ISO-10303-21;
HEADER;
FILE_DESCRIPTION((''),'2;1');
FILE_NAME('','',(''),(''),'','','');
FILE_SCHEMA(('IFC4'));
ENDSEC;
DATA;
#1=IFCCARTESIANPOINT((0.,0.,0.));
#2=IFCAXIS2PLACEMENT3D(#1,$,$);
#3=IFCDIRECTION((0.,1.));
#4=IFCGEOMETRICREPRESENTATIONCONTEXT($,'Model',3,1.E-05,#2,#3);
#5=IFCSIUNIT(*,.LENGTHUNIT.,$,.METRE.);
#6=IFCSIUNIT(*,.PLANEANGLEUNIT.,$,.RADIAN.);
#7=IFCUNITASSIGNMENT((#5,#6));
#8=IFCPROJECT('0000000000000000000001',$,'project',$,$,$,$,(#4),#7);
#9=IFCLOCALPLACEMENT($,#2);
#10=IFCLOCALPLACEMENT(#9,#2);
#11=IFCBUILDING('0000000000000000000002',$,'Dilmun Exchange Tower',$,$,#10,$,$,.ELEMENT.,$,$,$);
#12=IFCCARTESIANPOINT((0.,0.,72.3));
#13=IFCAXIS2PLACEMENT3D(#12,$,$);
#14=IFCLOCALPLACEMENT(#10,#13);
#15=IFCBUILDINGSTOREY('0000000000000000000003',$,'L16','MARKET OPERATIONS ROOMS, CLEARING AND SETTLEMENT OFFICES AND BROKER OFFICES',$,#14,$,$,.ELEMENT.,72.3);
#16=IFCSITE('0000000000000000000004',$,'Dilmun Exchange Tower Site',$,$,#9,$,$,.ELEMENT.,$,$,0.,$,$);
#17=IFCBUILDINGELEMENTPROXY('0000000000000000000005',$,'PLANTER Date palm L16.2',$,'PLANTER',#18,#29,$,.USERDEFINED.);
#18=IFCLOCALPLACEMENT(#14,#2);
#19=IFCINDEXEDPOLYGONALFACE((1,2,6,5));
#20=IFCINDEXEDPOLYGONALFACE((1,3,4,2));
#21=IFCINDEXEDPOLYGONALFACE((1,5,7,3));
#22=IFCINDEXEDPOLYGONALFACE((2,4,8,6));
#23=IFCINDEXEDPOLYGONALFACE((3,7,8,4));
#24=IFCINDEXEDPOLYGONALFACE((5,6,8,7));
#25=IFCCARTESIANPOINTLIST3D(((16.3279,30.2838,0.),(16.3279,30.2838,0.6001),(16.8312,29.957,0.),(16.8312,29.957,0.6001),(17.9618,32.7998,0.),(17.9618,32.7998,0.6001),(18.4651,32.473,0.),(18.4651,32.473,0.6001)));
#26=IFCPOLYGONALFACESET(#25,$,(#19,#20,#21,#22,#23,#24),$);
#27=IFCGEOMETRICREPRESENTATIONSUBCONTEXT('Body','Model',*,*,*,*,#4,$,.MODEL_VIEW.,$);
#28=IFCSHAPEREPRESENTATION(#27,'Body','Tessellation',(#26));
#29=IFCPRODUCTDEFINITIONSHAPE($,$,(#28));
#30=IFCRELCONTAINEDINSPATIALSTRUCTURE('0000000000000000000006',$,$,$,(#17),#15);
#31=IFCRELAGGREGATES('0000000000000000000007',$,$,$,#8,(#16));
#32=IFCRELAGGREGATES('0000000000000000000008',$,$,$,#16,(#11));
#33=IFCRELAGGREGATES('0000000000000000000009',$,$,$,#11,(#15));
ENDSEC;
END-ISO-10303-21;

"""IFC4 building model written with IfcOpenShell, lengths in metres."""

from ifc_helpers import new_model, si_unit, direction, frame, origin, origin_2d, place, context, subcontext, project, spatial, rectangle, extrude, element, save


model = new_model("IFC4")

# Units and contexts
model_context = context("Model", 3, precision=1e-05, world=origin(), true_north=direction((0.0, 1.0)))
body_context = subcontext(model_context, "Body", "Model", "MODEL_VIEW")
ifc_project = project(units=[si_unit("LENGTHUNIT", "METRE"), si_unit("PLANEANGLEUNIT", "RADIAN")], contexts=[model_context])

# Site, building, storey
site_placement = place(None, origin())
site = spatial("IfcSite", under=ifc_project, at=site_placement, Name="Dilmun Exchange Tower Site", CompositionType="ELEMENT", RefElevation=0.0)
building_placement = place(site_placement, origin())
building = spatial("IfcBuilding", under=site, at=building_placement, Name="Dilmun Exchange Tower", CompositionType="ELEMENT")
storey_placement = place(building_placement, frame((0.0, 0.0, 72.3)))
storey = spatial("IfcBuildingStorey", under=building, at=storey_placement, Name="L16", Description="MARKET OPERATIONS ROOMS, CLEARING AND SETTLEMENT OFFICES AND BROKER OFFICES", CompositionType="ELEMENT", Elevation=72.3)

# Building element proxy
for number, where, z_axis, x_axis, name in (
    (1, (17.3965, 31.3784, 0.0), (0.0, 0.0, 1.0), (0.544639, 0.838671, 0.0), "PLANTER Date palm L16.2"),
):
    element("IfcBuildingElementProxy", number, at=place(storey_placement, frame(where, z_axis=z_axis, x_axis=x_axis)), inside=storey, Name=name, ObjectType="PLANTER", PredefinedType="USERDEFINED", context=body_context, shape_type="SweptSolid", body=[
        extrude(rectangle(XDim=3.0, YDim=0.6001, at=origin_2d()), origin(), (0.0, 0.0, 1.0), 0.6001),
    ])

save(model, "model.ifc")
